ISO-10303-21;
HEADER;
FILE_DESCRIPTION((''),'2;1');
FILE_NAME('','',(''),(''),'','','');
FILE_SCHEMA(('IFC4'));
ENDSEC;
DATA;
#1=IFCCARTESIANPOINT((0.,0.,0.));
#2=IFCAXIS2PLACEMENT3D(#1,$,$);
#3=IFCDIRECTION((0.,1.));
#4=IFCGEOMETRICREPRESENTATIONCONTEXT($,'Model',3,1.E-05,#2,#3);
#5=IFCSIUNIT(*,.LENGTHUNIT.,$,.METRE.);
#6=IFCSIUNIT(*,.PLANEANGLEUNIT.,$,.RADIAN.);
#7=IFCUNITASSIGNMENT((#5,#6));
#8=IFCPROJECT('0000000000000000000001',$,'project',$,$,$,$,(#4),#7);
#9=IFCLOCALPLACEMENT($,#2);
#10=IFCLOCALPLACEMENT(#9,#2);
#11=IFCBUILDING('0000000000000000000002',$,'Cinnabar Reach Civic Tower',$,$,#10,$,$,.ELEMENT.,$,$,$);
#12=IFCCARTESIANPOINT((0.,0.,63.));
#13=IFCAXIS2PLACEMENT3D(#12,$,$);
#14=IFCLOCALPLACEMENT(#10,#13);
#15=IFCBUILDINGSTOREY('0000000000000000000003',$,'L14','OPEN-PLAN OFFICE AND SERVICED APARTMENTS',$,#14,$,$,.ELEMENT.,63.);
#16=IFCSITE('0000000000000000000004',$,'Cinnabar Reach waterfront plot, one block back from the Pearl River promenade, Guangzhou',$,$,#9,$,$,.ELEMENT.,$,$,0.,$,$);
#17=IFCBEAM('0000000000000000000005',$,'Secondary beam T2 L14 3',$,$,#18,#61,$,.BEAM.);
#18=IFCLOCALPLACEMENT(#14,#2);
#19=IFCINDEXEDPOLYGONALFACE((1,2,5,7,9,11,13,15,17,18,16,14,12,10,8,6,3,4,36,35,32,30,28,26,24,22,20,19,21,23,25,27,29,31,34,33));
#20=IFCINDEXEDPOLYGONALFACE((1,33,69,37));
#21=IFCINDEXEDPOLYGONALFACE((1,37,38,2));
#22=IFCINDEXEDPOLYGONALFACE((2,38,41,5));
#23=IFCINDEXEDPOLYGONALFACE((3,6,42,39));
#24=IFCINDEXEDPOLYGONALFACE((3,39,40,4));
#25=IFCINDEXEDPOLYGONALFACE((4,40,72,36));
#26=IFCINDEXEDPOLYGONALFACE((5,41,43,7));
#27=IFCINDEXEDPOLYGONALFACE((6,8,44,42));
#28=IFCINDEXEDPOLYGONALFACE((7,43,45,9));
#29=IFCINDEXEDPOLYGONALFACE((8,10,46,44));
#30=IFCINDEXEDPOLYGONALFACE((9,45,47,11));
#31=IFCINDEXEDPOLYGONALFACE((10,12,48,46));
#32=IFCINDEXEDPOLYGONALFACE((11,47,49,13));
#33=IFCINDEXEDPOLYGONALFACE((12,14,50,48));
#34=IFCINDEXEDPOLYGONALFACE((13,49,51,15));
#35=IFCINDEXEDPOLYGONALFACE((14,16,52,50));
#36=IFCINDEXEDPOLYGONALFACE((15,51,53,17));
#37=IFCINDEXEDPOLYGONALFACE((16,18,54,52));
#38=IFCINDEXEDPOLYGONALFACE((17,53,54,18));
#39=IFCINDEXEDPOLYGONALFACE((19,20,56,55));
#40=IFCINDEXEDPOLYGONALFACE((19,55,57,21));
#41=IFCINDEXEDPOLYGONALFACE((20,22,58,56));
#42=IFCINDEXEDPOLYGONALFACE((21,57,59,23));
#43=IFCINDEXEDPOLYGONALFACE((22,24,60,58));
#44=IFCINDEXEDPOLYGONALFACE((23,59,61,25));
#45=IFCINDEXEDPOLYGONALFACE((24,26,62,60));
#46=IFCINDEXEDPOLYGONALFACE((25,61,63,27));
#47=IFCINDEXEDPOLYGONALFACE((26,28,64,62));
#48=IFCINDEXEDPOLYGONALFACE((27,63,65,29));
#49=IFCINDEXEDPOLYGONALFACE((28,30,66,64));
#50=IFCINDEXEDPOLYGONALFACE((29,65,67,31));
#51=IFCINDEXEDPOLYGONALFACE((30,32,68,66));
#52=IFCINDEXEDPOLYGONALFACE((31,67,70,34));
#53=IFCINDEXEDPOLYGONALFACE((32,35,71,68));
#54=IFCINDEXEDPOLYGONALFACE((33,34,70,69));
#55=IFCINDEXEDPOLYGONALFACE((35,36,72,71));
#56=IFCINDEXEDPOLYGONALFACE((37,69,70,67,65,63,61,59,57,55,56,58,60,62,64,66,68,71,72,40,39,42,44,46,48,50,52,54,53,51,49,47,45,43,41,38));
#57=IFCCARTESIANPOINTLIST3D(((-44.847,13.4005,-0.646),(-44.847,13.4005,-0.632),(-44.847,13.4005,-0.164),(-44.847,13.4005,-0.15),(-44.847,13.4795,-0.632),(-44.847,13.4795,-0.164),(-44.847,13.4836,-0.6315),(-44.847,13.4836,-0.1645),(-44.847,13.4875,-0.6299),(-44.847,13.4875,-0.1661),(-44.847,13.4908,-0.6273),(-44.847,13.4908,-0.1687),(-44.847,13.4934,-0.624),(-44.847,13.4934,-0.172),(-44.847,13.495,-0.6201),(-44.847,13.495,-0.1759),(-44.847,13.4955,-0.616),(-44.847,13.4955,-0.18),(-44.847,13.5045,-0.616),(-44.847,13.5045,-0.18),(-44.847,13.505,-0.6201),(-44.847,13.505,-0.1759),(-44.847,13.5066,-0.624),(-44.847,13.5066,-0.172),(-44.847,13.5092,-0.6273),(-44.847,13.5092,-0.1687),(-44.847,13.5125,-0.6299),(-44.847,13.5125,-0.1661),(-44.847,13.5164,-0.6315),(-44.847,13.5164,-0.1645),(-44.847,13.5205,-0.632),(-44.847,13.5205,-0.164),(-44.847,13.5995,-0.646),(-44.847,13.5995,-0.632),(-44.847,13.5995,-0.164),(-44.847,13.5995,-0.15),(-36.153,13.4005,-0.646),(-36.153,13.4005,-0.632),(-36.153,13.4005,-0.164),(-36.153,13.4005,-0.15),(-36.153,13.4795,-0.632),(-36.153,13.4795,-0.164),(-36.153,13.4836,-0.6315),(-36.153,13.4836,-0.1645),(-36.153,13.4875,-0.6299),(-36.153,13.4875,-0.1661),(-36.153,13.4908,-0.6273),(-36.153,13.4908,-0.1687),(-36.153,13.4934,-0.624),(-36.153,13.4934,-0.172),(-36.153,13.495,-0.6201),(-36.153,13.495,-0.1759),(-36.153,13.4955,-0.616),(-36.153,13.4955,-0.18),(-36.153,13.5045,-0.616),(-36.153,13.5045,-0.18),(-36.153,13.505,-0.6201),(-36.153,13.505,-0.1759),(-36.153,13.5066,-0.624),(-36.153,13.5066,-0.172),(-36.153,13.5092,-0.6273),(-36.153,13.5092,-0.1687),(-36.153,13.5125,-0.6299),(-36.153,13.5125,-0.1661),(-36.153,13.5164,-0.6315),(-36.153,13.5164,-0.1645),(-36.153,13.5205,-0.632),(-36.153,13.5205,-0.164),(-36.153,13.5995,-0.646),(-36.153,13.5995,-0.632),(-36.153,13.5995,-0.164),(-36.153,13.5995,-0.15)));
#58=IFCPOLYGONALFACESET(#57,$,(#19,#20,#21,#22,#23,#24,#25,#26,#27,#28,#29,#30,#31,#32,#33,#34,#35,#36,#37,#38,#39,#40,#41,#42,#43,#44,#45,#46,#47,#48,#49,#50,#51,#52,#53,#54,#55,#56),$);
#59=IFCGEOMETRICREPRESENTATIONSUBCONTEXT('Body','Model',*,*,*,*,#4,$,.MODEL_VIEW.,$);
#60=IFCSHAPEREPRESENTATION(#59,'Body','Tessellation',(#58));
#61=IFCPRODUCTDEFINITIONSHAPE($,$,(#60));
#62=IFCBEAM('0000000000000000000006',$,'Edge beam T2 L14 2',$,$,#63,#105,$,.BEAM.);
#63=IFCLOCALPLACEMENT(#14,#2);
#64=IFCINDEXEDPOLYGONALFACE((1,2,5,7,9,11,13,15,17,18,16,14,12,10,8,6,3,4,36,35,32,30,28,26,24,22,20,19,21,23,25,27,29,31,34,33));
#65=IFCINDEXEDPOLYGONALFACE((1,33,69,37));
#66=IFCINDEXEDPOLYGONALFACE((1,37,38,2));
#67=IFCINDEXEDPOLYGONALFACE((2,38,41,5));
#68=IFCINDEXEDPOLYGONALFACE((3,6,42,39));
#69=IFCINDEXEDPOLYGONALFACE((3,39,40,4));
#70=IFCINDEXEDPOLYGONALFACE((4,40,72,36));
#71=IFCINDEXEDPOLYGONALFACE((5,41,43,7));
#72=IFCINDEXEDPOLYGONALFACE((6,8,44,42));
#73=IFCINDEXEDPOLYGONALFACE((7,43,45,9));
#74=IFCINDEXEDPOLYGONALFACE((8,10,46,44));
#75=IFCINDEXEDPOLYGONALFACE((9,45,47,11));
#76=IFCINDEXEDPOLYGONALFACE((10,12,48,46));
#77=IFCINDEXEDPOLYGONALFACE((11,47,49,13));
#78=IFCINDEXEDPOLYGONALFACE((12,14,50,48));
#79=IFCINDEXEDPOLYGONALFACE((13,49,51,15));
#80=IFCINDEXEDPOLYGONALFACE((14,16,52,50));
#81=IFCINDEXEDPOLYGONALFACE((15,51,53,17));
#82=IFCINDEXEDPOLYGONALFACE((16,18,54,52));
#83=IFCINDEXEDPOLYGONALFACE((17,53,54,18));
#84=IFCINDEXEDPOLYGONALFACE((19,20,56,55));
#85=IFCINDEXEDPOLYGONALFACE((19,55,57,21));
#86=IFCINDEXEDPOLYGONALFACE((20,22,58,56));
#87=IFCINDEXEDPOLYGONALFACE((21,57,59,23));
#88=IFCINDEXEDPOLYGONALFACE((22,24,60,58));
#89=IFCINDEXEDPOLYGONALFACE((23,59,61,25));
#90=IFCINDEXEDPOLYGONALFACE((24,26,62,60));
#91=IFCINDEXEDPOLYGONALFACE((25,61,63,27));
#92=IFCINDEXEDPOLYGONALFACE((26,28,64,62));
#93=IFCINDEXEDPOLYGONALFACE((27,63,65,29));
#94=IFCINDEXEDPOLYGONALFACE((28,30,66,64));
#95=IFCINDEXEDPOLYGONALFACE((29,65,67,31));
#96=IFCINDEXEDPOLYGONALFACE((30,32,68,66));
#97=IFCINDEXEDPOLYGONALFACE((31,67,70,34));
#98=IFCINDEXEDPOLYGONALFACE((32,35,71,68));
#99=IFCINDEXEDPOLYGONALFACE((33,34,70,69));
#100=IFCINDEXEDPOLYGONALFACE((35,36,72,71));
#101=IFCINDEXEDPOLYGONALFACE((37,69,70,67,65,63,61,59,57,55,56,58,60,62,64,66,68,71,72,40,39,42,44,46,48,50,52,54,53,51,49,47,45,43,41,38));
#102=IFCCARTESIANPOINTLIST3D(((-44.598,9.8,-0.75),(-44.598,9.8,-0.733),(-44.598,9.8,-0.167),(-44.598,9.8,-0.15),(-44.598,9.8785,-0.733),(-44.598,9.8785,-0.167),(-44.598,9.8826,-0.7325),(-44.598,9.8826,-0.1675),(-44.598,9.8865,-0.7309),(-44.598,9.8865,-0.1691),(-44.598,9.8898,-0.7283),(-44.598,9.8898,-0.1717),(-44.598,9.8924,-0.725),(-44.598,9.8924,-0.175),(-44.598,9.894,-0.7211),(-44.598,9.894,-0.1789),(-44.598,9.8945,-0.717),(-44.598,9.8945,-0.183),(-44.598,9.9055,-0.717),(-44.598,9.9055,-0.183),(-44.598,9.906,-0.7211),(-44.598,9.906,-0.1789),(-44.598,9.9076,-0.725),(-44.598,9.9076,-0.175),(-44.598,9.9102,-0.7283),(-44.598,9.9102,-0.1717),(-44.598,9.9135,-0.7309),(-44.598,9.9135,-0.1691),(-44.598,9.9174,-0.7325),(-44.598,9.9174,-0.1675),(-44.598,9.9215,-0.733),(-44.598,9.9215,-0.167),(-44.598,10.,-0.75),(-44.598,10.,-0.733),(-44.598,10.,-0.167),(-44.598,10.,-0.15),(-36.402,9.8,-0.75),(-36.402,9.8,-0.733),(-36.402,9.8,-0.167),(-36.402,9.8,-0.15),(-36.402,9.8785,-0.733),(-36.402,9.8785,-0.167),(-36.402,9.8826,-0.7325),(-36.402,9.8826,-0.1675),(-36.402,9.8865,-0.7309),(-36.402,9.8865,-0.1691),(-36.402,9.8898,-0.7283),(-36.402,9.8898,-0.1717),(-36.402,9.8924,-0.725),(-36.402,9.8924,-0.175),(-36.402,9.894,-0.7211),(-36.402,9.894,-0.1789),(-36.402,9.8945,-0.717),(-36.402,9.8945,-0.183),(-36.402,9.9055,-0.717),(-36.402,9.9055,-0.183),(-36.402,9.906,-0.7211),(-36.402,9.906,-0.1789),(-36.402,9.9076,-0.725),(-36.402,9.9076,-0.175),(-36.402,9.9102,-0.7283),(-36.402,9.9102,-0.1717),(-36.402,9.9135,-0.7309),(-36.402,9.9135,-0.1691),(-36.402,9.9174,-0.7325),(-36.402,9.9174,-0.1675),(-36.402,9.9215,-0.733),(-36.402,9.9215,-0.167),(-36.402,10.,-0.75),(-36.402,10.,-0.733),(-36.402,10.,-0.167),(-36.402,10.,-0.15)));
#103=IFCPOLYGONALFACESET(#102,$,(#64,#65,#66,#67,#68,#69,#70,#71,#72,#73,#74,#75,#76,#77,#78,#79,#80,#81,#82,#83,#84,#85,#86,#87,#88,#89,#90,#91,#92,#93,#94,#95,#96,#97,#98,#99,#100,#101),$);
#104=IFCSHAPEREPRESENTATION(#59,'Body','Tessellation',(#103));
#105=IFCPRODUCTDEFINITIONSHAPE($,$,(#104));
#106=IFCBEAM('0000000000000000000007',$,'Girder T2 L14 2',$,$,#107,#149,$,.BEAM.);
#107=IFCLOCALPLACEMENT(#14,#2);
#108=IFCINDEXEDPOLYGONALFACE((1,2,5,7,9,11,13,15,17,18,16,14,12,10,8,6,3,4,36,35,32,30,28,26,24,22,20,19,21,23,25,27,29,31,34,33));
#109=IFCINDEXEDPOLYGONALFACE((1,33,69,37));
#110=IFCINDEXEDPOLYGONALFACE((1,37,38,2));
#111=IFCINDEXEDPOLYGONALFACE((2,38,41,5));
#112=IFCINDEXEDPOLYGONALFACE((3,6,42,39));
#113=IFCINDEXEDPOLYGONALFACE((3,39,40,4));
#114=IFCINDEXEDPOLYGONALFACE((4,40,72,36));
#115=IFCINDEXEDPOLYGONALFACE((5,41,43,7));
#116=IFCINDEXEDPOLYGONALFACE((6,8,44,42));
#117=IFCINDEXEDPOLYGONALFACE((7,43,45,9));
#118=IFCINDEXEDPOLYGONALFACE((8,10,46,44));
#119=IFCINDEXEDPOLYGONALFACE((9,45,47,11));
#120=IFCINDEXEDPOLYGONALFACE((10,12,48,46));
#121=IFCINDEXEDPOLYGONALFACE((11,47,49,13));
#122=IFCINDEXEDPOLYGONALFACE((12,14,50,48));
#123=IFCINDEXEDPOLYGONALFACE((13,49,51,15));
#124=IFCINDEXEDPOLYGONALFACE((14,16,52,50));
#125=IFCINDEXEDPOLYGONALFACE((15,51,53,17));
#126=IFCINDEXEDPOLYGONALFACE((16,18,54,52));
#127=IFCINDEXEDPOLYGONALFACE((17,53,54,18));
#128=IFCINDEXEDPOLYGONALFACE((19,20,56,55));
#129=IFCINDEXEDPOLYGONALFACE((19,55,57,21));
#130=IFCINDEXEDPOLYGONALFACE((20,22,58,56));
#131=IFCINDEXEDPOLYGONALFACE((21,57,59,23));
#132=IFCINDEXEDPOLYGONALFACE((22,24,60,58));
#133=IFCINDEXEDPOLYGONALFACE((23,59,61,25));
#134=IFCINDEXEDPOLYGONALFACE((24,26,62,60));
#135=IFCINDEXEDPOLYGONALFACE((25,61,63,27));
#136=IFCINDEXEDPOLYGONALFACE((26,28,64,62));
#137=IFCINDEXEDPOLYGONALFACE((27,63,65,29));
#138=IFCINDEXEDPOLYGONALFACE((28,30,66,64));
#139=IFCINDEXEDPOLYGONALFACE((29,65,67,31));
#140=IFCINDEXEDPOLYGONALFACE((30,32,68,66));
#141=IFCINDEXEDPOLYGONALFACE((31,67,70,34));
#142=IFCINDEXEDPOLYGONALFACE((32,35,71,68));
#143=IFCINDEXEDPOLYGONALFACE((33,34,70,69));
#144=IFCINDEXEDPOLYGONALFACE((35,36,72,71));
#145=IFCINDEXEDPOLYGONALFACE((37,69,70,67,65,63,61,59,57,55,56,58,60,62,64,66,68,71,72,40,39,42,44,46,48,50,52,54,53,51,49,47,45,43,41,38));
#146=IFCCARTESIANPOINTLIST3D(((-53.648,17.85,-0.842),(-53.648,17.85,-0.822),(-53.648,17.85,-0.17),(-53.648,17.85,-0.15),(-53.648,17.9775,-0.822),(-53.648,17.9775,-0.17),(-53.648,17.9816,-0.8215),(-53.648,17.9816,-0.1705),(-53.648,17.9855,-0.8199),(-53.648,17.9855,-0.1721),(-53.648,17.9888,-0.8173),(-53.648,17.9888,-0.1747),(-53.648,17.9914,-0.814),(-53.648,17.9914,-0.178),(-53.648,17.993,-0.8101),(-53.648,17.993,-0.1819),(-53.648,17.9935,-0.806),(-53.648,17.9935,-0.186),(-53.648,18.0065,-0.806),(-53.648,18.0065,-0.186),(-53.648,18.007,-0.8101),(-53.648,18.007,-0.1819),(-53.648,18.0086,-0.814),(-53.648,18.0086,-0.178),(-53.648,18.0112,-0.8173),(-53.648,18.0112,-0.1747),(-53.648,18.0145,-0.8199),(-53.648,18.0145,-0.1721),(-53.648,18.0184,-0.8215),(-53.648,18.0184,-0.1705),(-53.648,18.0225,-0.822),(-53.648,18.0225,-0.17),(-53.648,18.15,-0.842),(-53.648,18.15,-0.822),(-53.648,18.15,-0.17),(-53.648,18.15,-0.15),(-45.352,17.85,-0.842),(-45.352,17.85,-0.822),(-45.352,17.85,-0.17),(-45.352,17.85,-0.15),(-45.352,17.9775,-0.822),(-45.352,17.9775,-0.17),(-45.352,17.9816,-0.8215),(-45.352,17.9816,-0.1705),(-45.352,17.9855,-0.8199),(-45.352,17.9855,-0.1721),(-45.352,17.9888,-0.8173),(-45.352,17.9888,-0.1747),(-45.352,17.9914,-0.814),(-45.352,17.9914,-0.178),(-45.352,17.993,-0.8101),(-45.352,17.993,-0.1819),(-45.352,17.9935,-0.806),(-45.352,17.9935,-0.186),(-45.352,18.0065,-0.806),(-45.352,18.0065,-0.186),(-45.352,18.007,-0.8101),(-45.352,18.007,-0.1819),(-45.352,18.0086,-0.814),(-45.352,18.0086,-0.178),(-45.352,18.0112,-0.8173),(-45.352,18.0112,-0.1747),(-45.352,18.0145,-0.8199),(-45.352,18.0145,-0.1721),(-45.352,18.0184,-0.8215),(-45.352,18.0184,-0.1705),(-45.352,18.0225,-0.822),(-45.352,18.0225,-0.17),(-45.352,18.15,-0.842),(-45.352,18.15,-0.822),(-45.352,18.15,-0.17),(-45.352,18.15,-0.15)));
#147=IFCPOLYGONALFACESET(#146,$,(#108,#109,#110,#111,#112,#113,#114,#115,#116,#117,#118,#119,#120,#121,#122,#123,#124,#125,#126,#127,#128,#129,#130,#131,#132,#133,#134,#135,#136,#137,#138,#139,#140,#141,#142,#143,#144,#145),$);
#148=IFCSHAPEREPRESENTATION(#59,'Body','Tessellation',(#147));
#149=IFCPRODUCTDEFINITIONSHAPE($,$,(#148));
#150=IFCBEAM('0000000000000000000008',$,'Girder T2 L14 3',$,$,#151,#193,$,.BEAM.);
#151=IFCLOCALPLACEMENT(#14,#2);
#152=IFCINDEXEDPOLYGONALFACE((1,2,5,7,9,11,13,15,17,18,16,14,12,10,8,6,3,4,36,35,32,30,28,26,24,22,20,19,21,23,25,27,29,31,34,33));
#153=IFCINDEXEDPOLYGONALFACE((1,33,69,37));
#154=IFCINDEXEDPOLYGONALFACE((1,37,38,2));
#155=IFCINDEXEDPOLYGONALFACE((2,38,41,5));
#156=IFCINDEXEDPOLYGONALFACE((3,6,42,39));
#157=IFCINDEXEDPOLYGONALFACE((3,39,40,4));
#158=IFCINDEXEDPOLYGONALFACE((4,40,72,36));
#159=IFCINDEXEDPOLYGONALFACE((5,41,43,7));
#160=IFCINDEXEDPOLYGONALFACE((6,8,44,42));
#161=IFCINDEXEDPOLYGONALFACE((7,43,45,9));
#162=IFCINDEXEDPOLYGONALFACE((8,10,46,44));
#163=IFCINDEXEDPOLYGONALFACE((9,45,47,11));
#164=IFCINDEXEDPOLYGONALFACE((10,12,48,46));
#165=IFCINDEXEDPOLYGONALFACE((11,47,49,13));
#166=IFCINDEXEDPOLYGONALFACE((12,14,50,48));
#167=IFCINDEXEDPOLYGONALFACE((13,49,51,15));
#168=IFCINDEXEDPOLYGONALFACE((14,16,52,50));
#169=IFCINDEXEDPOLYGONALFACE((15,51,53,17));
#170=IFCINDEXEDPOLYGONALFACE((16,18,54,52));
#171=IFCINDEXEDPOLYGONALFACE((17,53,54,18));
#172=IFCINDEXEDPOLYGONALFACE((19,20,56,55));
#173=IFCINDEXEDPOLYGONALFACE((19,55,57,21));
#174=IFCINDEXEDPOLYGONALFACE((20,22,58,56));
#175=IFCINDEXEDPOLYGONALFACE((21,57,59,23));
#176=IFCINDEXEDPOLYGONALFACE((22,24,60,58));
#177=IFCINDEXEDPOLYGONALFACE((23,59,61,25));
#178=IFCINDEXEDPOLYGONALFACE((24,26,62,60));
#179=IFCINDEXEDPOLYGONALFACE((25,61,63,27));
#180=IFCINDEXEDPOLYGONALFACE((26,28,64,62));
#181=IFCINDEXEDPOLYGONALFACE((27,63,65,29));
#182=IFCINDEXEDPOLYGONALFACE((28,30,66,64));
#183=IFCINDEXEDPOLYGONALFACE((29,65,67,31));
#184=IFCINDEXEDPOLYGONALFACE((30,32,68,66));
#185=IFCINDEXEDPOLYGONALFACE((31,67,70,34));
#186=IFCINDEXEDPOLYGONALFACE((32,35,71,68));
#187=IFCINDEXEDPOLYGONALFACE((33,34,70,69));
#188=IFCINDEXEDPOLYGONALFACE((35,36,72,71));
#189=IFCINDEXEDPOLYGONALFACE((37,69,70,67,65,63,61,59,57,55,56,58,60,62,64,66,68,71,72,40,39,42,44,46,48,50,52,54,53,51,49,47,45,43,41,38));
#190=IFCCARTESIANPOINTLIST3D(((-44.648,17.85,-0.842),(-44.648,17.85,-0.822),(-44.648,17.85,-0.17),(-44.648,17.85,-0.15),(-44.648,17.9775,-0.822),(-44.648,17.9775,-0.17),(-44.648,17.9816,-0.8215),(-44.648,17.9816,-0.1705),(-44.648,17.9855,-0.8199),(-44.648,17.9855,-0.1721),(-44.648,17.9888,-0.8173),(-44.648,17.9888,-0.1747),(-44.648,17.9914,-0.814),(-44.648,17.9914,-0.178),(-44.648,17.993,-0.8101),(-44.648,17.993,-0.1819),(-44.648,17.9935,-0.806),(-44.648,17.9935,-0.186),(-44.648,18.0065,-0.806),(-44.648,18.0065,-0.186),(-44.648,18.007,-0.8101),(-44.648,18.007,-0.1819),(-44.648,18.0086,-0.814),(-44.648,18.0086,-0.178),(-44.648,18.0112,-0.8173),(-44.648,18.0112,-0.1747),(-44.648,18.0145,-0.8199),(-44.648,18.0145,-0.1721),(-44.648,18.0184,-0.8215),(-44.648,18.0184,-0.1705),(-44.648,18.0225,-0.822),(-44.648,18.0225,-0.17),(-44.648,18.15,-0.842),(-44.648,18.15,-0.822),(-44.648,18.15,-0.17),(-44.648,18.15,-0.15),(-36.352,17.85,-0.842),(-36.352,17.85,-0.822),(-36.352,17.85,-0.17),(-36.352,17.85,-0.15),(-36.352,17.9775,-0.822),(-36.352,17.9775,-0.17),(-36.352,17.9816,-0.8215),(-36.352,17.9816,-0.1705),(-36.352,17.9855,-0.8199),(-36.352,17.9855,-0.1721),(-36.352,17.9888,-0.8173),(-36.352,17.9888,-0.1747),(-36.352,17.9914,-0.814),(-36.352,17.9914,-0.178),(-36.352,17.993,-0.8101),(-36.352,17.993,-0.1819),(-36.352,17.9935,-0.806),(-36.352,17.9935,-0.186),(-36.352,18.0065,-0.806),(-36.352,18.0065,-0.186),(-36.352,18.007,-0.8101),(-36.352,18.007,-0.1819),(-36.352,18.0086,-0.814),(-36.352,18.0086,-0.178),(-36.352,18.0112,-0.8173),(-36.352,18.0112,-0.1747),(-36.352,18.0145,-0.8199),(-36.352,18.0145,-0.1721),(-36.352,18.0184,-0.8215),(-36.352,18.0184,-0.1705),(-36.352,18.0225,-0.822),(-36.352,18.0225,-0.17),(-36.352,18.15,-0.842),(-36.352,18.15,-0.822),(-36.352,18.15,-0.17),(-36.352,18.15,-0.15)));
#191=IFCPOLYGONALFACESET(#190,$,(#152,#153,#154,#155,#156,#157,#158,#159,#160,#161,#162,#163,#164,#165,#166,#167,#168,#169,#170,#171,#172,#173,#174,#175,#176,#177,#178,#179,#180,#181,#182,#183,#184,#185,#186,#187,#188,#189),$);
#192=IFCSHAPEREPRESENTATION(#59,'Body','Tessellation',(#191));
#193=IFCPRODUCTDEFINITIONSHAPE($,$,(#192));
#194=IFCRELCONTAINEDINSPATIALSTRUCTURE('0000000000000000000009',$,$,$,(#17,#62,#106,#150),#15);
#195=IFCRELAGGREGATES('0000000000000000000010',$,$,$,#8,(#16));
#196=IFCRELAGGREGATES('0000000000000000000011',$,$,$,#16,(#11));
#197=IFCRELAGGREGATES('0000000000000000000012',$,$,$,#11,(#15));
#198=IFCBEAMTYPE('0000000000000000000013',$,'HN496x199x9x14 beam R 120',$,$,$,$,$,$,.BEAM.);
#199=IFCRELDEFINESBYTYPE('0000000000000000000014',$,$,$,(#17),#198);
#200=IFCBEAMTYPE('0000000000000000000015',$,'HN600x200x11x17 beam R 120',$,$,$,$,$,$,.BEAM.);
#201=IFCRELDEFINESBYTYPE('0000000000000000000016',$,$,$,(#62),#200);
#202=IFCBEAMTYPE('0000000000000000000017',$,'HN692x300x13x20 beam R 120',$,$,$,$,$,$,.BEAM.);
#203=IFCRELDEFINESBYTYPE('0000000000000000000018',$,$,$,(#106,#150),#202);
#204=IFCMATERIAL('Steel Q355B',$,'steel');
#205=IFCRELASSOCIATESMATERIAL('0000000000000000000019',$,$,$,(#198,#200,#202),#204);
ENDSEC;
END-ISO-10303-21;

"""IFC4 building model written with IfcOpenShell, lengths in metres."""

from ifc_helpers import new_model, si_unit, direction, frame, origin, origin_2d, place, context, subcontext, project, spatial, i_section, extrude, material, material_profile, profile_set, type_object, element, save


model = new_model("IFC4")

# Units and contexts
model_context = context("Model", 3, precision=1e-05, world=origin(), true_north=direction((0.0, 1.0)))
body_context = subcontext(model_context, "Body", "Model", "MODEL_VIEW")
ifc_project = project(units=[si_unit("LENGTHUNIT", "METRE"), si_unit("PLANEANGLEUNIT", "RADIAN")], contexts=[model_context])

# Site, building, storey
site_placement = place(None, origin())
site = spatial("IfcSite", under=ifc_project, at=site_placement, Name="Cinnabar Reach waterfront plot, one block back from the Pearl River promenade, Guangzhou", CompositionType="ELEMENT", RefElevation=0.0)
building_placement = place(site_placement, origin())
building = spatial("IfcBuilding", under=site, at=building_placement, Name="Cinnabar Reach Civic Tower", CompositionType="ELEMENT")
storey_placement = place(building_placement, frame((0.0, 0.0, 63.0)))
storey = spatial("IfcBuildingStorey", under=building, at=storey_placement, Name="L14", Description="OPEN-PLAN OFFICE AND SERVICED APARTMENTS", CompositionType="ELEMENT", Elevation=63.0)

# Beams
ifc_material_1 = material(Name="Steel Q355B", Category="steel")
ifc_material_profile_1 = material_profile(ifc_material_1, i_section(OverallWidth=0.199, OverallDepth=0.496, WebThickness=0.009, FlangeThickness=0.014, FilletRadius=0.016, at=origin_2d()), Name="HN496x199x9x14")
ifc_profile_set_1 = profile_set([ifc_material_profile_1], Name="Steel Q355B")
beam_type_1 = type_object("IfcBeamType", Name="HN496x199x9x14 beam R 120", PredefinedType="BEAM", material=ifc_profile_set_1)
for number, where, z_axis, x_axis, name in (
    (1, (-44.847, 13.5, -0.398), (1.0, 0.0, 0.0), (0.0, 1.0, 0.0), "Secondary beam T2 L14 3"),
):
    element("IfcBeam", number, at=place(storey_placement, frame(where, z_axis=z_axis, x_axis=x_axis)), inside=storey, type_object=beam_type_1, Name=name, PredefinedType="BEAM", context=body_context, shape_type="SweptSolid", body=[
        extrude(i_section(OverallWidth=0.199, OverallDepth=0.496, WebThickness=0.009, FlangeThickness=0.014, FilletRadius=0.016, at=origin_2d()), origin(), (0.0, 0.0, 1.0), 8.694),
    ])
ifc_material_profile_2 = material_profile(ifc_material_1, i_section(OverallWidth=0.2, OverallDepth=0.6, WebThickness=0.011, FlangeThickness=0.017, FilletRadius=0.016, at=origin_2d()), Name="HN600x200x11x17")
ifc_profile_set_2 = profile_set([ifc_material_profile_2], Name="Steel Q355B")
beam_type_2 = type_object("IfcBeamType", Name="HN600x200x11x17 beam R 120", PredefinedType="BEAM", material=ifc_profile_set_2)
beam_1_placement = place(storey_placement, frame((-44.598, 9.9, -0.45), z_axis=(1.0, 0.0, 0.0), x_axis=(0.0, 1.0, 0.0)))
element("IfcBeam", 2, at=beam_1_placement, inside=storey, type_object=beam_type_2, Name="Edge beam T2 L14 2", PredefinedType="BEAM", context=body_context, shape_type="SweptSolid", body=[
    extrude(i_section(OverallWidth=0.2, OverallDepth=0.6, WebThickness=0.011, FlangeThickness=0.017, FilletRadius=0.016, at=origin_2d()), origin(), (0.0, 0.0, 1.0), 8.196),
])
ifc_material_profile_3 = material_profile(ifc_material_1, i_section(OverallWidth=0.3, OverallDepth=0.692, WebThickness=0.013, FlangeThickness=0.02, FilletRadius=0.016, at=origin_2d()), Name="HN692x300x13x20")
ifc_profile_set_3 = profile_set([ifc_material_profile_3], Name="Steel Q355B")
beam_type_3 = type_object("IfcBeamType", Name="HN692x300x13x20 beam R 120", PredefinedType="BEAM", material=ifc_profile_set_3)
for number, where, z_axis, x_axis, name in (
    (3, (-53.648, 18.0, -0.496), (1.0, 0.0, 0.0), (0.0, 1.0, 0.0), "Girder T2 L14 2"),
    (4, (-44.648, 18.0, -0.496), (1.0, 0.0, 0.0), (0.0, 1.0, 0.0), "Girder T2 L14 3"),
):
    element("IfcBeam", number, at=place(storey_placement, frame(where, z_axis=z_axis, x_axis=x_axis)), inside=storey, type_object=beam_type_3, Name=name, PredefinedType="BEAM", context=body_context, shape_type="SweptSolid", body=[
        extrude(i_section(OverallWidth=0.3, OverallDepth=0.692, WebThickness=0.013, FlangeThickness=0.02, FilletRadius=0.016, at=origin_2d()), origin(), (0.0, 0.0, 1.0), 8.296),
    ])

save(model, "model.ifc")
